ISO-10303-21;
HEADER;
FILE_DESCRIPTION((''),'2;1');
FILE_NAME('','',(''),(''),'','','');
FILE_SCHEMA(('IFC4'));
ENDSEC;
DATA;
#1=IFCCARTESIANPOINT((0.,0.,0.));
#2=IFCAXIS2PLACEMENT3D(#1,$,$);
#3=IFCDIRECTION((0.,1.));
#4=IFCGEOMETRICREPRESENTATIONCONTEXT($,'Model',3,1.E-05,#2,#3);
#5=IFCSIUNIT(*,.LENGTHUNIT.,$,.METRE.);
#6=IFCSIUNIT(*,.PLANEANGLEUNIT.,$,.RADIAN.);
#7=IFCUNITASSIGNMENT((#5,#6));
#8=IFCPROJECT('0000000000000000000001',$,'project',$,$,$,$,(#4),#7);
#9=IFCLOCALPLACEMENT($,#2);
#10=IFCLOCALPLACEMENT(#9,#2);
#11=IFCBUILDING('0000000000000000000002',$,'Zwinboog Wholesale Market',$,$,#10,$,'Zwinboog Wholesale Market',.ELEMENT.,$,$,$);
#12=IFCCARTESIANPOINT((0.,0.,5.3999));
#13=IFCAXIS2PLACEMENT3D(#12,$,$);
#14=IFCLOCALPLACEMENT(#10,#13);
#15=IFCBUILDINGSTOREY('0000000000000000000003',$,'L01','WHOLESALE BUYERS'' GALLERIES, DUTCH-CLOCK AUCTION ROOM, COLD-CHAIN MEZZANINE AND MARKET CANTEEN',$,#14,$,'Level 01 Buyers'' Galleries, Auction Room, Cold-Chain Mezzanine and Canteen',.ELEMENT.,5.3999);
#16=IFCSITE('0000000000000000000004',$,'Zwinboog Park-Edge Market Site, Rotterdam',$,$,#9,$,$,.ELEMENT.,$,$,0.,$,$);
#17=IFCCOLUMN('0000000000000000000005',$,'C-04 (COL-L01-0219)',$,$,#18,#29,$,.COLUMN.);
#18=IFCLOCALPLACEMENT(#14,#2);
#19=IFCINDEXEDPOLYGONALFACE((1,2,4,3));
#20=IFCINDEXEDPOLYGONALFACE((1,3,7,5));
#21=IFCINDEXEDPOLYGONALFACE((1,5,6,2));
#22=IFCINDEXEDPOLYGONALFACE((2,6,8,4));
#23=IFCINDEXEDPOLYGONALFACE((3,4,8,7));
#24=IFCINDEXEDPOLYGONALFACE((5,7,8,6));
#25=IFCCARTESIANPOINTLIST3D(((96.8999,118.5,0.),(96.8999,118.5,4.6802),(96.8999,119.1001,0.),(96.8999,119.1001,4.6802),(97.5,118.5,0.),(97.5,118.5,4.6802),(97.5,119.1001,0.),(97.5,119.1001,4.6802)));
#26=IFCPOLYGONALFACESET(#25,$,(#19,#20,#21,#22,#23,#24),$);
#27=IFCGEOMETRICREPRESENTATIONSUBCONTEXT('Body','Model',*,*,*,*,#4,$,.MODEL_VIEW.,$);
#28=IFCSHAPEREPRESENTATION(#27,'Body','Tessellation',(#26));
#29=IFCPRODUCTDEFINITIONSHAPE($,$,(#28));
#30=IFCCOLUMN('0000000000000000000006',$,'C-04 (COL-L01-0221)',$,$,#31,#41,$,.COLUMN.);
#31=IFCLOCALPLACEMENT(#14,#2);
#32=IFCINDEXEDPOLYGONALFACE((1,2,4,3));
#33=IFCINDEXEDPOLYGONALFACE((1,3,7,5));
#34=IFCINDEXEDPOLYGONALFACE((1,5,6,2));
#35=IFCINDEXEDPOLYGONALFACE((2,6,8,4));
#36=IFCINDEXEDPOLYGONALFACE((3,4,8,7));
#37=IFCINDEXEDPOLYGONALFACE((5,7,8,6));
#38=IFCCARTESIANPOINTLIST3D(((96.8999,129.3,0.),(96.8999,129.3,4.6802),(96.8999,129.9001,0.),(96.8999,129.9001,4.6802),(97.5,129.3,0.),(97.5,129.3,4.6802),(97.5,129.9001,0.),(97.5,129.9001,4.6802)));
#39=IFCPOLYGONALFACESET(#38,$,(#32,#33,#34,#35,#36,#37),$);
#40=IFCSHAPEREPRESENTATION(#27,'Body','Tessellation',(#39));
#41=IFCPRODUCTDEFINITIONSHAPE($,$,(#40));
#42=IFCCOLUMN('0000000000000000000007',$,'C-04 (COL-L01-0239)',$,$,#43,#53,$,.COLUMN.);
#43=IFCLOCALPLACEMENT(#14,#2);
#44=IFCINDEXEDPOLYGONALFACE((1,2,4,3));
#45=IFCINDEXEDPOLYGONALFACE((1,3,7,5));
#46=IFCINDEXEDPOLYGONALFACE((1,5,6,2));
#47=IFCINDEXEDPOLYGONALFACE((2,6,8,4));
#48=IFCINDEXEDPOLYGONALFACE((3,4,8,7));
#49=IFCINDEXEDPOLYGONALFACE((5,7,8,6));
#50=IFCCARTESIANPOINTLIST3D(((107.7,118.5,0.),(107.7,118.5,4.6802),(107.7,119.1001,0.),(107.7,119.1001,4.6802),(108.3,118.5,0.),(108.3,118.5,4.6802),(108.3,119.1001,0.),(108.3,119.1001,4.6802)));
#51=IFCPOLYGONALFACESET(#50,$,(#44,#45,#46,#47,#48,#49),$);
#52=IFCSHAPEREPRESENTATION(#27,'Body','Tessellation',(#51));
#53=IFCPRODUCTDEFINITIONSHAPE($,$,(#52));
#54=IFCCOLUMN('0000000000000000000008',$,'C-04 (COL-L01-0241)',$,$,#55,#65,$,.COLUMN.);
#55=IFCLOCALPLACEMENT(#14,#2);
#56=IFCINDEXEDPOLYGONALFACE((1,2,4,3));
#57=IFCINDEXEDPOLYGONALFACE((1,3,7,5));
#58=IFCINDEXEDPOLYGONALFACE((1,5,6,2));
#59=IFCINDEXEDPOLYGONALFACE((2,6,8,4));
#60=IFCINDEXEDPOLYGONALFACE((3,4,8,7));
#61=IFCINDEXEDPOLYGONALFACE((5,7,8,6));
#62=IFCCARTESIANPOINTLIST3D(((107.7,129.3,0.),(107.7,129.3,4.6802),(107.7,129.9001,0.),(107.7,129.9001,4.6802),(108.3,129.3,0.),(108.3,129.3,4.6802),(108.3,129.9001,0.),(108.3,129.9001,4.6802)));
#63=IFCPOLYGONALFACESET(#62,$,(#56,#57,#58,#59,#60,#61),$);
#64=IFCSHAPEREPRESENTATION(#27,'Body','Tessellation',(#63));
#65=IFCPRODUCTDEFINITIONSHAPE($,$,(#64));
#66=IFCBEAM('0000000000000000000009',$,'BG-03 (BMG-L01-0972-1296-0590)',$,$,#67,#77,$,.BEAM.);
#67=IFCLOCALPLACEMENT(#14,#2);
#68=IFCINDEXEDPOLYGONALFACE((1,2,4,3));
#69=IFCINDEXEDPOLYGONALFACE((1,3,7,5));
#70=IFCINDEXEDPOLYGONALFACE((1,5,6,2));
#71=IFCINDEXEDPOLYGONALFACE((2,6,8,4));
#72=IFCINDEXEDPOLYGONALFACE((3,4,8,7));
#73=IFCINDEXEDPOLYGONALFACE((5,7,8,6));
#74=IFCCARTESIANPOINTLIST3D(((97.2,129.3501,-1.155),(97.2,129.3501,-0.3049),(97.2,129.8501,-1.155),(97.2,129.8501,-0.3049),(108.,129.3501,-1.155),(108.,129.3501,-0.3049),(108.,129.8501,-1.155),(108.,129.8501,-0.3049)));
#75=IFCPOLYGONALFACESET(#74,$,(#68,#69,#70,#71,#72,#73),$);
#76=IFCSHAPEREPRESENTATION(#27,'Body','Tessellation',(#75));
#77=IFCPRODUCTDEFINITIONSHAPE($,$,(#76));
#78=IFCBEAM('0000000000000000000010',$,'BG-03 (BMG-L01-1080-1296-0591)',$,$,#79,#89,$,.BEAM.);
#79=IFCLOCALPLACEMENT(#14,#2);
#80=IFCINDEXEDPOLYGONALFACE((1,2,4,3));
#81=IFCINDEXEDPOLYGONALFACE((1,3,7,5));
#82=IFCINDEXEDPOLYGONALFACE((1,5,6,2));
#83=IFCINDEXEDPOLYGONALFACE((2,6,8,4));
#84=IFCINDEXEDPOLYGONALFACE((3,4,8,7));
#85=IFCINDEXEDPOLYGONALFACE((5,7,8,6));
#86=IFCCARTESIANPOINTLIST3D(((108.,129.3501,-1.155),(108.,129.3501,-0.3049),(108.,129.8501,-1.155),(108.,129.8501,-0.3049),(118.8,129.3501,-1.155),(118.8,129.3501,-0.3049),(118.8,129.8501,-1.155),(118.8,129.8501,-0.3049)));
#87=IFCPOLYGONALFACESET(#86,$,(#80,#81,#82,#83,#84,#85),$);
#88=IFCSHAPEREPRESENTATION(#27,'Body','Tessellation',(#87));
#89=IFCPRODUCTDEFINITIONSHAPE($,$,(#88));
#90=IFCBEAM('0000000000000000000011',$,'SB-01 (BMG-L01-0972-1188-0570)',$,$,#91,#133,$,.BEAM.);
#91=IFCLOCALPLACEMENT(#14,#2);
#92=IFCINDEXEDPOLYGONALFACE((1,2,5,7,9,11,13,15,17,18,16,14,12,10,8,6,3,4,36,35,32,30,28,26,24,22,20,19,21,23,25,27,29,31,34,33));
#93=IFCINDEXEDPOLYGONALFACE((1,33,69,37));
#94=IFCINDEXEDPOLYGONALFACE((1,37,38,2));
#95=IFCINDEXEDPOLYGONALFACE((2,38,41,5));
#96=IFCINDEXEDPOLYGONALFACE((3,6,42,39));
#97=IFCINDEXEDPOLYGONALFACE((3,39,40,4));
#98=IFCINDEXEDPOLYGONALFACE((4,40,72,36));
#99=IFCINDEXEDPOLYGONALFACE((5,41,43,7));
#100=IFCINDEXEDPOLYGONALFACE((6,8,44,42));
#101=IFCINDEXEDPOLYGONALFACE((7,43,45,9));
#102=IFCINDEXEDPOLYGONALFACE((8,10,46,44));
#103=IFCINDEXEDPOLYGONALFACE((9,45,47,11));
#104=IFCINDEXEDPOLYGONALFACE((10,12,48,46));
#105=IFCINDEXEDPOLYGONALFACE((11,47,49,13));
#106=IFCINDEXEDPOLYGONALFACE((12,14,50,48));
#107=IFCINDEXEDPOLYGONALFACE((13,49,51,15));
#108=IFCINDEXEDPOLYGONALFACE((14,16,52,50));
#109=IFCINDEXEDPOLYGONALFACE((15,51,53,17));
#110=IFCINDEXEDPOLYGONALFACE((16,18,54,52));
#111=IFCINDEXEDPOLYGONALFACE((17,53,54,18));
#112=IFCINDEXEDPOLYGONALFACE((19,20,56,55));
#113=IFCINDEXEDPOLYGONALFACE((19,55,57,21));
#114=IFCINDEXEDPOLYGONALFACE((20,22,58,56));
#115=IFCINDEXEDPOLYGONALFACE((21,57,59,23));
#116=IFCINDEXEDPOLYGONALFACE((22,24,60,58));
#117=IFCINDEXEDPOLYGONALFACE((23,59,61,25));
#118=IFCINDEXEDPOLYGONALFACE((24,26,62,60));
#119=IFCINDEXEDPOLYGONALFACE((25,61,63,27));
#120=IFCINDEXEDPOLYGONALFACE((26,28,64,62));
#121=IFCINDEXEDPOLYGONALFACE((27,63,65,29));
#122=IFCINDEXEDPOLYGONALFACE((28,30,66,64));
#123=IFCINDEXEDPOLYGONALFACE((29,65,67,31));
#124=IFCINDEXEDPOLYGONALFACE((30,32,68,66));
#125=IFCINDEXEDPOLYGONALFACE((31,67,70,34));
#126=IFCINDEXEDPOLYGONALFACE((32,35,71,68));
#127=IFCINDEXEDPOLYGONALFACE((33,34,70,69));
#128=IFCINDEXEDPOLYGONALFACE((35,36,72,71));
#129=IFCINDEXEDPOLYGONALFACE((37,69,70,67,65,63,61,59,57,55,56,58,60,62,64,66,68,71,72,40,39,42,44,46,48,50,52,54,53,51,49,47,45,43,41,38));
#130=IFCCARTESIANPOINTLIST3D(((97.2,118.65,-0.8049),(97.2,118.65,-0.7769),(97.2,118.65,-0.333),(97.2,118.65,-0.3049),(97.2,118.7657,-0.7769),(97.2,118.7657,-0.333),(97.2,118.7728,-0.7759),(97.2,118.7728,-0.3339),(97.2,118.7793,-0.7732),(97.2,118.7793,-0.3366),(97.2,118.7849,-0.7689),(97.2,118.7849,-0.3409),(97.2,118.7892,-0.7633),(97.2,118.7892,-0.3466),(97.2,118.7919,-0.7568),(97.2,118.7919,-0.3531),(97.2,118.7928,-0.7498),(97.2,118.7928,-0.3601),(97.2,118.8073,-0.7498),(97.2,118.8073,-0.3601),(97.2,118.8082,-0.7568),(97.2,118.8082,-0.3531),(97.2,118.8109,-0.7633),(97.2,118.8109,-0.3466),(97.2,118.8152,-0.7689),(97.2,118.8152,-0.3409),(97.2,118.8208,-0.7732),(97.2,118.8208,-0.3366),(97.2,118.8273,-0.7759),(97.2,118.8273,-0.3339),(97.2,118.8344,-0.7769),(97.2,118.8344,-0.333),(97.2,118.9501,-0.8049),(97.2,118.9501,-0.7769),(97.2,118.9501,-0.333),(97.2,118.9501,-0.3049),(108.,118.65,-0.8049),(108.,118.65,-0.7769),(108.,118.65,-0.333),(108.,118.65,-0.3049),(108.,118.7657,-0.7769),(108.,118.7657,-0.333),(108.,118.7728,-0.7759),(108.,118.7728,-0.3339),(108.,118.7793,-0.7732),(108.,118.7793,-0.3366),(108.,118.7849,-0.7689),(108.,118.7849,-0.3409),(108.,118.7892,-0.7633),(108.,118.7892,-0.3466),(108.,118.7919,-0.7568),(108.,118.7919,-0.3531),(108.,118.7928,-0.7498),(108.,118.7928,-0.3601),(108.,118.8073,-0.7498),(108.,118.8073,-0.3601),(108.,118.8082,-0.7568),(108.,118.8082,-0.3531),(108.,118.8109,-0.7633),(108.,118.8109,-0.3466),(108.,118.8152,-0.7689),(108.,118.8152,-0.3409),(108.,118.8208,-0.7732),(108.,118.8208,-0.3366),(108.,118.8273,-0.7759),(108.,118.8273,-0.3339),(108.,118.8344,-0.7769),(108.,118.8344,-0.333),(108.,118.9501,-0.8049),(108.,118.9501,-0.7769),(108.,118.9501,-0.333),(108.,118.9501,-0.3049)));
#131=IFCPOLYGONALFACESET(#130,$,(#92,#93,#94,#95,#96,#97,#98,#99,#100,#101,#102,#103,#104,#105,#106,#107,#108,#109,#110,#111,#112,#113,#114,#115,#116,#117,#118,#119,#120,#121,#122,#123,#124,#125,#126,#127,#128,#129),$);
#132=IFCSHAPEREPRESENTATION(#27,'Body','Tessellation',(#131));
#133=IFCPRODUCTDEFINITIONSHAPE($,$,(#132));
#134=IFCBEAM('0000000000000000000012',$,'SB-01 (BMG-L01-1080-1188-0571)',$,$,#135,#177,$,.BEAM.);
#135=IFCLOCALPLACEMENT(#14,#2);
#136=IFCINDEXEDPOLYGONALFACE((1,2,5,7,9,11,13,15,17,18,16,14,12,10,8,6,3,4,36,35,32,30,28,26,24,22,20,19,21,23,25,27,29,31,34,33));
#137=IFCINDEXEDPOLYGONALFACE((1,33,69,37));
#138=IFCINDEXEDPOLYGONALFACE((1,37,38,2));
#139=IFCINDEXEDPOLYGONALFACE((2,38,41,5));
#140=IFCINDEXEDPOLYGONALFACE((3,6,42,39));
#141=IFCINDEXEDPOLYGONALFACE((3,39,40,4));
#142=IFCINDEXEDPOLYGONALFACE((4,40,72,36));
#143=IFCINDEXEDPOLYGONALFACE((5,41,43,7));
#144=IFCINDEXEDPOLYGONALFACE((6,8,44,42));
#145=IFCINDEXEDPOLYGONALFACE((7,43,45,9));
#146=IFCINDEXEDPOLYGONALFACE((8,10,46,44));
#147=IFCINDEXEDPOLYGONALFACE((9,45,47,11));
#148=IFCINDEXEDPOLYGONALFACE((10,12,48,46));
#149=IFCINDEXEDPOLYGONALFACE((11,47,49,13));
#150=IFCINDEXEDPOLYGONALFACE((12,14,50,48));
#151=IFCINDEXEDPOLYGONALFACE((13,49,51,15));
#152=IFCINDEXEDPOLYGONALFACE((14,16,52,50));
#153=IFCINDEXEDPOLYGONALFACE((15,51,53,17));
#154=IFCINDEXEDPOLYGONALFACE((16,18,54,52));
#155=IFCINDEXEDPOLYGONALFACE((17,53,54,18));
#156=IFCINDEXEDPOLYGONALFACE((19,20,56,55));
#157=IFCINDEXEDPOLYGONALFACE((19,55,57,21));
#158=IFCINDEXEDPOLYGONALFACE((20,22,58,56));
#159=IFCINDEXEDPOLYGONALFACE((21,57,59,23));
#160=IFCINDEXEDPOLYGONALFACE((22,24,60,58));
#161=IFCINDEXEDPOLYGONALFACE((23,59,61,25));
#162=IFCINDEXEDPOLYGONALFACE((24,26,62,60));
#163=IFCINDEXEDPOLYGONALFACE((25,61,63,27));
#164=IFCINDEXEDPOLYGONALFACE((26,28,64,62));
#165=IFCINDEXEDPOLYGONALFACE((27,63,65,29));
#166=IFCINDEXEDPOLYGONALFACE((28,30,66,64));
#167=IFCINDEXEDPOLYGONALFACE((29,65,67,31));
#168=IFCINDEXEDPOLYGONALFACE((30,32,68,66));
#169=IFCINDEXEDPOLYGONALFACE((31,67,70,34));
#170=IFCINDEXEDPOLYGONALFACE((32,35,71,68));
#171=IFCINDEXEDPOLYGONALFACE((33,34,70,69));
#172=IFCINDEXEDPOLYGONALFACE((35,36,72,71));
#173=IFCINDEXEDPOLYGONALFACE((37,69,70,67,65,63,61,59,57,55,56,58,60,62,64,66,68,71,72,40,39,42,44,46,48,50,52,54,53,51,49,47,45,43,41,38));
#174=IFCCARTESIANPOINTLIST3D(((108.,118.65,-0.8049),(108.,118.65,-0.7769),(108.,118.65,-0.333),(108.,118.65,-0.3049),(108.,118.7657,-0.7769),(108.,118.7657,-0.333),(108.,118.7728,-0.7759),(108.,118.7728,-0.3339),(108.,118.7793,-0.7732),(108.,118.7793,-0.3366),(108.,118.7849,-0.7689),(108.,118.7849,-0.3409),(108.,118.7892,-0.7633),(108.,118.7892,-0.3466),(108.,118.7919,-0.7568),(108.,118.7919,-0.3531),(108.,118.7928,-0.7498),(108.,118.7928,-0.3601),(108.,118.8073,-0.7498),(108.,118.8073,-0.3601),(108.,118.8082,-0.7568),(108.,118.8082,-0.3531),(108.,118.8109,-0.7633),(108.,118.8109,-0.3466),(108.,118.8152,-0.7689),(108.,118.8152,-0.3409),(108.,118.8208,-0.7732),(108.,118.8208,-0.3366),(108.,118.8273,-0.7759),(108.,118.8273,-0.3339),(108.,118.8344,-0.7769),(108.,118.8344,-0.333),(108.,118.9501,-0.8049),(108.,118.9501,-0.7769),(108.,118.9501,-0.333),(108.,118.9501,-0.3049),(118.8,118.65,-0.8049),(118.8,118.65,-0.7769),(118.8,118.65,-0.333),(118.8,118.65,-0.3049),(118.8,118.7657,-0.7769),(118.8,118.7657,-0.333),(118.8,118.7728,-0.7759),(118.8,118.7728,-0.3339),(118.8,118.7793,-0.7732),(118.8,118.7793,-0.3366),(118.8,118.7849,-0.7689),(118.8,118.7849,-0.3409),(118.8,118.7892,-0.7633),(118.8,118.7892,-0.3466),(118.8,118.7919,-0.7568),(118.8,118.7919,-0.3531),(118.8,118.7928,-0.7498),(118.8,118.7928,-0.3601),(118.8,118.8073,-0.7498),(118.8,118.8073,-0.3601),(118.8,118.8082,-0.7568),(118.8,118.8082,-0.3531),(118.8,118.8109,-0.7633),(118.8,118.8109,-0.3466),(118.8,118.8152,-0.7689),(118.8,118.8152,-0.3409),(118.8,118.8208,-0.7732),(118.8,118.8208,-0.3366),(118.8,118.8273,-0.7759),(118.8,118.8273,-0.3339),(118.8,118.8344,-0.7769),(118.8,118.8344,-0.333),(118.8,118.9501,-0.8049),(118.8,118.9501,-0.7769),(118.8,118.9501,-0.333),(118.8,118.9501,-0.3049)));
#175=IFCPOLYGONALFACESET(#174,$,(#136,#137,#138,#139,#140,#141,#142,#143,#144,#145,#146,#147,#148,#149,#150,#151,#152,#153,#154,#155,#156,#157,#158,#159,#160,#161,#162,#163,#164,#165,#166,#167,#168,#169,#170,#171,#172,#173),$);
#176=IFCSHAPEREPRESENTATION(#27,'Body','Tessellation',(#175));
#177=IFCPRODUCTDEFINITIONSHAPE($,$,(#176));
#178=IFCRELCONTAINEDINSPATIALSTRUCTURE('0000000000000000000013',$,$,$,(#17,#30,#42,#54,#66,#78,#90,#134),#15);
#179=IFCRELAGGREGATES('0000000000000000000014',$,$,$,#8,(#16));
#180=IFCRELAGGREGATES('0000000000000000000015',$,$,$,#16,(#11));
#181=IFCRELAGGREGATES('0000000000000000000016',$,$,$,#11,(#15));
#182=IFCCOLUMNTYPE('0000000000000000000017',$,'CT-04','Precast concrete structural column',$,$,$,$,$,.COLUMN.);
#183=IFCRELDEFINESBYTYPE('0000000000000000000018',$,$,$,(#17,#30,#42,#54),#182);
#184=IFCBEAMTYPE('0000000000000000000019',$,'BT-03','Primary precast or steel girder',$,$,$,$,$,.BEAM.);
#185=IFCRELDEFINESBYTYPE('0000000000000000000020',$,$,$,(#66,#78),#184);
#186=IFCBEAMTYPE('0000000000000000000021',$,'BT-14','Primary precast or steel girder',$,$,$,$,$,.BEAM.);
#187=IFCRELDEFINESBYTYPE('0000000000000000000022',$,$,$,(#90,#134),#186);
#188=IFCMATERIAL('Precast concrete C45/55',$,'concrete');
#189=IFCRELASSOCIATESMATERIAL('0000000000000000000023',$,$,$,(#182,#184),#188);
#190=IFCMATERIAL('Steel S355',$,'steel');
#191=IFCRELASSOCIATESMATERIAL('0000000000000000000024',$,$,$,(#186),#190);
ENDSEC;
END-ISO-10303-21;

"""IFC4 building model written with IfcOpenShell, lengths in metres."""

from ifc_helpers import new_model, si_unit, direction, frame, origin, origin_2d, place, context, subcontext, project, spatial, rectangle, i_section, extrude, material, material_profile, profile_set, type_object, element, save


model = new_model("IFC4")

# Units and contexts
model_context = context("Model", 3, precision=1e-05, world=origin(), true_north=direction((0.0, 1.0)))
body_context = subcontext(model_context, "Body", "Model", "MODEL_VIEW")
ifc_project = project(units=[si_unit("LENGTHUNIT", "METRE"), si_unit("PLANEANGLEUNIT", "RADIAN")], contexts=[model_context])

# Site, building, storey
site_placement = place(None, origin())
site = spatial("IfcSite", under=ifc_project, at=site_placement, Name="Zwinboog Park-Edge Market Site, Rotterdam", CompositionType="ELEMENT", RefElevation=0.0)
building_placement = place(site_placement, origin())
building = spatial("IfcBuilding", under=site, at=building_placement, Name="Zwinboog Wholesale Market", LongName="Zwinboog Wholesale Market", CompositionType="ELEMENT")
storey_placement = place(building_placement, frame((0.0, 0.0, 5.3999)))
storey = spatial("IfcBuildingStorey", under=building, at=storey_placement, Name="L01", Description="WHOLESALE BUYERS' GALLERIES, DUTCH-CLOCK AUCTION ROOM, COLD-CHAIN MEZZANINE AND MARKET CANTEEN", LongName="Level 01 Buyers' Galleries, Auction Room, Cold-Chain Mezzanine and Canteen", CompositionType="ELEMENT", Elevation=5.3999)

# Columns
ifc_material_1 = material(Name="Precast concrete C45/55", Category="concrete")
ifc_material_profile_1 = material_profile(ifc_material_1, rectangle(XDim=0.6001, YDim=0.6001, at=origin_2d()), Name="PC 600x600")
ifc_profile_set_1 = profile_set([ifc_material_profile_1], Name="Precast concrete C45/55")
column_type = type_object("IfcColumnType", Name="CT-04", Description="Precast concrete structural column", PredefinedType="COLUMN", material=ifc_profile_set_1)
for number, where, z_axis, x_axis, name in (
    (1, (97.2, 118.8, 0.0), (0.0, 0.0, 1.0), (1.0, 0.0, 0.0), "C-04 (COL-L01-0219)"),
    (2, (97.2, 129.6001, 0.0), (0.0, 0.0, 1.0), (1.0, 0.0, 0.0), "C-04 (COL-L01-0221)"),
    (3, (108.0, 118.8, 0.0), (0.0, 0.0, 1.0), (1.0, 0.0, 0.0), "C-04 (COL-L01-0239)"),
    (4, (108.0, 129.6001, 0.0), (0.0, 0.0, 1.0), (1.0, 0.0, 0.0), "C-04 (COL-L01-0241)"),
):
    element("IfcColumn", number, at=place(storey_placement, frame(where, z_axis=z_axis, x_axis=x_axis)), inside=storey, type_object=column_type, Name=name, PredefinedType="COLUMN", context=body_context, shape_type="SweptSolid", body=[
        extrude(rectangle(XDim=0.6001, YDim=0.6001, at=origin_2d()), origin(), (0.0, 0.0, 1.0), 4.6802),
    ])

# Beams
ifc_material_profile_2 = material_profile(ifc_material_1, rectangle(XDim=0.5, YDim=0.8501, at=origin_2d()), Name="PC 500x850")
ifc_profile_set_2 = profile_set([ifc_material_profile_2], Name="Precast concrete C45/55")
beam_type_1 = type_object("IfcBeamType", Name="BT-03", Description="Primary precast or steel girder", PredefinedType="BEAM", material=ifc_profile_set_2)
for number, where, z_axis, x_axis, name in (
    (5, (97.2, 129.6001, -0.73), (1.0, 0.0, 0.0), (0.0, 1.0, 0.0), "BG-03 (BMG-L01-0972-1296-0590)"),
    (6, (108.0, 129.6001, -0.73), (1.0, 0.0, 0.0), (0.0, 1.0, 0.0), "BG-03 (BMG-L01-1080-1296-0591)"),
):
    element("IfcBeam", number, at=place(storey_placement, frame(where, z_axis=z_axis, x_axis=x_axis)), inside=storey, type_object=beam_type_1, Name=name, PredefinedType="BEAM", context=body_context, shape_type="SweptSolid", body=[
        extrude(rectangle(XDim=0.5, YDim=0.8501, at=origin_2d()), origin(), (0.0, 0.0, 1.0), 10.8),
    ])
ifc_material_2 = material(Name="Steel S355", Category="steel")
ifc_material_profile_3 = material_profile(ifc_material_2, i_section(OverallWidth=0.3, OverallDepth=0.5, WebThickness=0.0144, FlangeThickness=0.0281, FilletRadius=0.0271, at=origin_2d()), Name="HEB 500")
ifc_profile_set_3 = profile_set([ifc_material_profile_3], Name="Steel S355")
beam_type_2 = type_object("IfcBeamType", Name="BT-14", Description="Primary precast or steel girder", PredefinedType="BEAM", material=ifc_profile_set_3)
for number, where, z_axis, x_axis, name in (
    (7, (97.2, 118.8, -0.5549), (1.0, 0.0, 0.0), (0.0, 1.0, 0.0), "SB-01 (BMG-L01-0972-1188-0570)"),
    (8, (108.0, 118.8, -0.5549), (1.0, 0.0, 0.0), (0.0, 1.0, 0.0), "SB-01 (BMG-L01-1080-1188-0571)"),
):
    element("IfcBeam", number, at=place(storey_placement, frame(where, z_axis=z_axis, x_axis=x_axis)), inside=storey, type_object=beam_type_2, Name=name, PredefinedType="BEAM", context=body_context, shape_type="SweptSolid", body=[
        extrude(i_section(OverallWidth=0.3, OverallDepth=0.5, WebThickness=0.0144, FlangeThickness=0.0281, FilletRadius=0.0271, at=origin_2d()), origin(), (0.0, 0.0, 1.0), 10.8),
    ])

save(model, "model.ifc")
